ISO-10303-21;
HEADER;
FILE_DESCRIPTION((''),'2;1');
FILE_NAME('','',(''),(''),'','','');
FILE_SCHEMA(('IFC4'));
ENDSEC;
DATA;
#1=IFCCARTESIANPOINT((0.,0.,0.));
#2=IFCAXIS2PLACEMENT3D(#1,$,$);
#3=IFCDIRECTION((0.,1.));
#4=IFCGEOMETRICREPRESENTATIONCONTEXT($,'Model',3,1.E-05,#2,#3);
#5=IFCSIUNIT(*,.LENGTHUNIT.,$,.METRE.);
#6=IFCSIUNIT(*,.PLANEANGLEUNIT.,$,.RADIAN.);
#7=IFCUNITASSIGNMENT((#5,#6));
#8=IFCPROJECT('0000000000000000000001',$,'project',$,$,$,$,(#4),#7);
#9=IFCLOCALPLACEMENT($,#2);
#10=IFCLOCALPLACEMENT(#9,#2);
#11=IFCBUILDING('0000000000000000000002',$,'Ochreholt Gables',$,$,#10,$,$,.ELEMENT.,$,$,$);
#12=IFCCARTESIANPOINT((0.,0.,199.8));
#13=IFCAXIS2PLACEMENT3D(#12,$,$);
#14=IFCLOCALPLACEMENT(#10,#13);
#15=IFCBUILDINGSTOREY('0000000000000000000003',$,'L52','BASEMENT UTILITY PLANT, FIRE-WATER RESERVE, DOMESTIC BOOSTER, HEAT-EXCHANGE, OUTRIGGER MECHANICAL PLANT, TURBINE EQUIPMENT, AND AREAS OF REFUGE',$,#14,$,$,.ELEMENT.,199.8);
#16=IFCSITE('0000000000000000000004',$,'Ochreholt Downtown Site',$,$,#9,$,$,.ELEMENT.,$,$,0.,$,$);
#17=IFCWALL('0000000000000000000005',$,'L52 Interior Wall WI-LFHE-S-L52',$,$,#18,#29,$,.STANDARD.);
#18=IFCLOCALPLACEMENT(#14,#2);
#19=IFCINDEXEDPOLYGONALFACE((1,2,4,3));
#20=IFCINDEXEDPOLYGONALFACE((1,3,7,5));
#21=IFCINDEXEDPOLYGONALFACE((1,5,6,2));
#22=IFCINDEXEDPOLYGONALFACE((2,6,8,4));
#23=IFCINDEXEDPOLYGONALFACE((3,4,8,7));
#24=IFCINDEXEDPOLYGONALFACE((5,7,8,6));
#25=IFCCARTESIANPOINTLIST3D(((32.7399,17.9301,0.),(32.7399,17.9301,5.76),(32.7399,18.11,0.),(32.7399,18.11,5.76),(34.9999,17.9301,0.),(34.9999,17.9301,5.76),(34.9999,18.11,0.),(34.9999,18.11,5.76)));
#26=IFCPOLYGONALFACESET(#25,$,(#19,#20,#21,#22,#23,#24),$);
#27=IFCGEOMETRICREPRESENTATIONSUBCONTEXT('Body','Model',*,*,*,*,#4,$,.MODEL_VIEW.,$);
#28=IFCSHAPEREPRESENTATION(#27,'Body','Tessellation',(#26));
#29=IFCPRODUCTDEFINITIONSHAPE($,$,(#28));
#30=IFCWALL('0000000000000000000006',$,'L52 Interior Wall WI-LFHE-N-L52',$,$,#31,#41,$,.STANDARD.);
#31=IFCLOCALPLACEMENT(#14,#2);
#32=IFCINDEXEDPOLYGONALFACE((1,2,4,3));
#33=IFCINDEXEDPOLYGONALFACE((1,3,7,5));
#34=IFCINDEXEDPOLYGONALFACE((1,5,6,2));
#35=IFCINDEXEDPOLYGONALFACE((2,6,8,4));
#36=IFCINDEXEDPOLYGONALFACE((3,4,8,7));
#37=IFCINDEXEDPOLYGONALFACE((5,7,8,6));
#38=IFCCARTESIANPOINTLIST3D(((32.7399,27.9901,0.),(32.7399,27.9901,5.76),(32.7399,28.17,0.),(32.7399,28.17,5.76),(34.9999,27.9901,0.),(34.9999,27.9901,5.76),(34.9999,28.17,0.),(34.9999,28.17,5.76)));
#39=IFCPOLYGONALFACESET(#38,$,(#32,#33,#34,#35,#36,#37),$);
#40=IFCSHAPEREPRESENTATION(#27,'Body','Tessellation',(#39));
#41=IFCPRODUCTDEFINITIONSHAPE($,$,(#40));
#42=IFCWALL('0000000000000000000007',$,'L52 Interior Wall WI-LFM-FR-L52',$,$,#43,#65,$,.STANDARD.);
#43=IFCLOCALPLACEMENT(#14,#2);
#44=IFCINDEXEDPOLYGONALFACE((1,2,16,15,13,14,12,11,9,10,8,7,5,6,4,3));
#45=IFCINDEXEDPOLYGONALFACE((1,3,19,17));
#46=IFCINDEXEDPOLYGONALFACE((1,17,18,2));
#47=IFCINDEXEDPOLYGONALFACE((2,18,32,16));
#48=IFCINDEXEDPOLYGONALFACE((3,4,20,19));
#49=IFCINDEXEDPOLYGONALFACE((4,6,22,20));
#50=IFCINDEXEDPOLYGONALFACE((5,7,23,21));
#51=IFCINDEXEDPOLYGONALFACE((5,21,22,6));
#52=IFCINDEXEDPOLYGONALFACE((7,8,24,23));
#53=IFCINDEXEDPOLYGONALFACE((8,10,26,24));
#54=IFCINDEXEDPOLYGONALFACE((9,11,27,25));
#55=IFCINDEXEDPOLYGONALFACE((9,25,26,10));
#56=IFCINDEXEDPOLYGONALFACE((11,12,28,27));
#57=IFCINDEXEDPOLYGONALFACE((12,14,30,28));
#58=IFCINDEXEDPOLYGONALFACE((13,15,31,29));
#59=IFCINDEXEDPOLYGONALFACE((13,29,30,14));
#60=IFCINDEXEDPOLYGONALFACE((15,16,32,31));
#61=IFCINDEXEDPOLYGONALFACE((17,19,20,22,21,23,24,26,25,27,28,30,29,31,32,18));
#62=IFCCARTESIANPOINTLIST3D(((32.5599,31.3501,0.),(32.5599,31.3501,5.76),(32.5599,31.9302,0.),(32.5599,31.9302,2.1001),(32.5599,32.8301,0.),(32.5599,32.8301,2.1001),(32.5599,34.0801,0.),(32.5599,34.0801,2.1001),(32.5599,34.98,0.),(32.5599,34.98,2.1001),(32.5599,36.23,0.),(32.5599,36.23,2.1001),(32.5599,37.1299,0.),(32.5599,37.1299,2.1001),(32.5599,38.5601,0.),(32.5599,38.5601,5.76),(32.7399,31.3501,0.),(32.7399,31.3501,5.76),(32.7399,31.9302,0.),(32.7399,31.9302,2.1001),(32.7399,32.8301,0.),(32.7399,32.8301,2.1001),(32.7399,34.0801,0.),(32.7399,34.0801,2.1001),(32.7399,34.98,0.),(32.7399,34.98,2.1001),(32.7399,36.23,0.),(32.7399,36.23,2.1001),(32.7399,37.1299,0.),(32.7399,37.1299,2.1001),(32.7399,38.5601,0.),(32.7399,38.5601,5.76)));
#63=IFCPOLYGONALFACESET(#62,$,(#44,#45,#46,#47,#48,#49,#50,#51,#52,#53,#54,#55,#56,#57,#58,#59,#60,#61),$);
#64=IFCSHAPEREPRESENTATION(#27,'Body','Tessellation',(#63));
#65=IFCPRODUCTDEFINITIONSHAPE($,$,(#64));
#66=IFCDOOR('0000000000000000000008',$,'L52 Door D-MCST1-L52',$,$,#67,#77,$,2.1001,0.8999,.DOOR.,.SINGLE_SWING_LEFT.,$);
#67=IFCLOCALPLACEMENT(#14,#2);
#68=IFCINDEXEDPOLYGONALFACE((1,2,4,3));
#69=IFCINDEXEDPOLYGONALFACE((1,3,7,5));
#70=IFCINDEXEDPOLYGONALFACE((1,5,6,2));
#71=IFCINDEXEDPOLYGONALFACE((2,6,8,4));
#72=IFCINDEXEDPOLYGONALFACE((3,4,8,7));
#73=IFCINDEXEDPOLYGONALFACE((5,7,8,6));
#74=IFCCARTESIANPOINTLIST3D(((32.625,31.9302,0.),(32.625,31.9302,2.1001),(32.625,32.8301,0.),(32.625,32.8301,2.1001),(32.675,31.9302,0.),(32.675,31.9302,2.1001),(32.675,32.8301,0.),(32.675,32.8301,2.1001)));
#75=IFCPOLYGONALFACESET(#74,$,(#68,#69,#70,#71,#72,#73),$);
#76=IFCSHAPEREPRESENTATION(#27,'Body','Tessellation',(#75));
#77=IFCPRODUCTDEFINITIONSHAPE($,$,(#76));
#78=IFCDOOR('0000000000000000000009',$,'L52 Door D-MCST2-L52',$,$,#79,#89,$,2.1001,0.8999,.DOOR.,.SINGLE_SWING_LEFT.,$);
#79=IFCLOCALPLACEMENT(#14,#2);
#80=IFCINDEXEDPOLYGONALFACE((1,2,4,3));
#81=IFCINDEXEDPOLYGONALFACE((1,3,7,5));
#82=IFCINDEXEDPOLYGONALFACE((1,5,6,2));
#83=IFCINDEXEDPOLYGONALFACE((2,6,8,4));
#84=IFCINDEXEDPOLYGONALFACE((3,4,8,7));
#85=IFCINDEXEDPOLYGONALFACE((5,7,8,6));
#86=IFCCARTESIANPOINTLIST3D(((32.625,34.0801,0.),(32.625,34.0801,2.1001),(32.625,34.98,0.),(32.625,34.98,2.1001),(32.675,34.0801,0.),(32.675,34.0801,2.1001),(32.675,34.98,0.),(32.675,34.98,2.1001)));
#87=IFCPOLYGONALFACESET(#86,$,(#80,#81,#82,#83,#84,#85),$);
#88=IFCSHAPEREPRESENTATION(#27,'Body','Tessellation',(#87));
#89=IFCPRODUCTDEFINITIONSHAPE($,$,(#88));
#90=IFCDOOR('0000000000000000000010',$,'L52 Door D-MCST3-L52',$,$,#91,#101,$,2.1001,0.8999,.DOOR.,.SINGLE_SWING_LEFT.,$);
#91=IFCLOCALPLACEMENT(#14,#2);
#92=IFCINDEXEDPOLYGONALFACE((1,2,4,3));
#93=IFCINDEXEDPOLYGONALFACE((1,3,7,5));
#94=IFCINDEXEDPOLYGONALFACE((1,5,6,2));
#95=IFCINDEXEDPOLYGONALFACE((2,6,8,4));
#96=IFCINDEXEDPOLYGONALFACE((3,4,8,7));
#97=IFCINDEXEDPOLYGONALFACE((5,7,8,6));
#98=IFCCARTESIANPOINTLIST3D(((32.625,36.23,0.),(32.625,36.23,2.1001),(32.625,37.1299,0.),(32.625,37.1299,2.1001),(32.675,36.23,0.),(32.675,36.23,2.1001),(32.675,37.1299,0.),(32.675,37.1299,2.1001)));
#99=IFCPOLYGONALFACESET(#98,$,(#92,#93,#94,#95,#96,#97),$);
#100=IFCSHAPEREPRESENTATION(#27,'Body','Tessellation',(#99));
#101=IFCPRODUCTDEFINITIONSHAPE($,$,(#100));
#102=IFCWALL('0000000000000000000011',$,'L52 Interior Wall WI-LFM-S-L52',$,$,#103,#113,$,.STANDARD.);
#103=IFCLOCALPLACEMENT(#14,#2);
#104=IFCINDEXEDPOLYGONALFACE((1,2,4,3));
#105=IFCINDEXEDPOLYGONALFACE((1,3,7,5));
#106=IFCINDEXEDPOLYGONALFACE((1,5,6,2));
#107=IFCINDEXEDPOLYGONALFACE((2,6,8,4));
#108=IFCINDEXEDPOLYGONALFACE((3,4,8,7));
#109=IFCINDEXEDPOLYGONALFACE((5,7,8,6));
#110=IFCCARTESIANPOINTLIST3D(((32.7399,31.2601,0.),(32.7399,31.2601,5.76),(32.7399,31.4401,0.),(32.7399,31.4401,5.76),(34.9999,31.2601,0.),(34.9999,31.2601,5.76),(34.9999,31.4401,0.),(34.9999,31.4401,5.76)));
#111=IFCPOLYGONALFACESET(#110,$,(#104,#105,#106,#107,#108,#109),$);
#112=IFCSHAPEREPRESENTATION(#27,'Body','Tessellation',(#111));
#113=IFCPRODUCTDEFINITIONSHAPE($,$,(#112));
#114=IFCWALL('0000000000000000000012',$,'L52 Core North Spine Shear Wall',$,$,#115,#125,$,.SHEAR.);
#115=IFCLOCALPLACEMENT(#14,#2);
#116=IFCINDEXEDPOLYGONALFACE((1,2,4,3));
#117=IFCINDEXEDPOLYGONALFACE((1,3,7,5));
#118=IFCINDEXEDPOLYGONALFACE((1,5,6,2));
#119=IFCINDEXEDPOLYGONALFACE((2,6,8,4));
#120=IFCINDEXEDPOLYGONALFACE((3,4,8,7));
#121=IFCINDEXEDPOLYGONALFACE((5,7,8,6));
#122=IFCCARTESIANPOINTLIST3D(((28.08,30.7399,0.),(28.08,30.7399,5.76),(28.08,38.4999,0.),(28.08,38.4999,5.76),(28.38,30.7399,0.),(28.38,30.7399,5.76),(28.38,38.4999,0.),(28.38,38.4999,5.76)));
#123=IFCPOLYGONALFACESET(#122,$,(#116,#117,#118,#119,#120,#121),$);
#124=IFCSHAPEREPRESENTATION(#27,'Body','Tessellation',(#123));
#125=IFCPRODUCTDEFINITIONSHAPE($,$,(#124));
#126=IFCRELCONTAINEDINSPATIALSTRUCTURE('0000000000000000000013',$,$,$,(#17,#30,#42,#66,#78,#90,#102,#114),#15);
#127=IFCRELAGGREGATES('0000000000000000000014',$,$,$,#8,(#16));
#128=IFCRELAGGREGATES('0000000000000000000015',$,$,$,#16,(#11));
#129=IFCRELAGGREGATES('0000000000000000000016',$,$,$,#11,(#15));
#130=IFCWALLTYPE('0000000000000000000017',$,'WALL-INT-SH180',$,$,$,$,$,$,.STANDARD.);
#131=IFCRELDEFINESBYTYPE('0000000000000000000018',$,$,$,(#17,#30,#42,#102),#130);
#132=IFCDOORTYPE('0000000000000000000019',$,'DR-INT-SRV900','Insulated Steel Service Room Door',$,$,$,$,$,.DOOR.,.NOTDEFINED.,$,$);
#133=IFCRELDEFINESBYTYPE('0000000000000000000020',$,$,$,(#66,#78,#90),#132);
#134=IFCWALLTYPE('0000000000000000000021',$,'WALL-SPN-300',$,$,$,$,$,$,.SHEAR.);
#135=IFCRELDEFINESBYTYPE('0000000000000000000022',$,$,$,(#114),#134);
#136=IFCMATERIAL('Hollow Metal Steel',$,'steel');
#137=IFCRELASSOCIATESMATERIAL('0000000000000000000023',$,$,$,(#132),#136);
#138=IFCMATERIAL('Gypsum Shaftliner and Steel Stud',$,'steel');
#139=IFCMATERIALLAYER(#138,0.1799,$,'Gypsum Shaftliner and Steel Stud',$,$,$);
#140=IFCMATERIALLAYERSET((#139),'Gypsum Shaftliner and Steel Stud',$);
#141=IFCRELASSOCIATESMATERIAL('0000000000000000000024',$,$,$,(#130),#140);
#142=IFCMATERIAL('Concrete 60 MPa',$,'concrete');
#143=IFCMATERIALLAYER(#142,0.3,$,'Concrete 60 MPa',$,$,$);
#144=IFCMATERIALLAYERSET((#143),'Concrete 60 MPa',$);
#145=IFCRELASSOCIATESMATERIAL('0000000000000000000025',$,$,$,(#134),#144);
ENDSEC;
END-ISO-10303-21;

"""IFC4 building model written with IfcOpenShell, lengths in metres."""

from ifc_helpers import new_model, si_unit, direction, frame, frame_2d, origin, place, context, subcontext, project, spatial, rectangle, extrude, material, layer, layer_set, type_object, element, fill, save


model = new_model("IFC4")

# Units and contexts
model_context = context("Model", 3, precision=1e-05, world=origin(), true_north=direction((0.0, 1.0)))
body_context = subcontext(model_context, "Body", "Model", "MODEL_VIEW")
ifc_project = project(units=[si_unit("LENGTHUNIT", "METRE"), si_unit("PLANEANGLEUNIT", "RADIAN")], contexts=[model_context])

# Site, building, storey
site_placement = place(None, origin())
site = spatial("IfcSite", under=ifc_project, at=site_placement, Name="Ochreholt Downtown Site", CompositionType="ELEMENT", RefElevation=0.0)
building_placement = place(site_placement, origin())
building = spatial("IfcBuilding", under=site, at=building_placement, Name="Ochreholt Gables", CompositionType="ELEMENT")
storey_placement = place(building_placement, frame((0.0, 0.0, 199.8)))
storey = spatial("IfcBuildingStorey", under=building, at=storey_placement, Name="L52", Description="BASEMENT UTILITY PLANT, FIRE-WATER RESERVE, DOMESTIC BOOSTER, HEAT-EXCHANGE, OUTRIGGER MECHANICAL PLANT, TURBINE EQUIPMENT, AND AREAS OF REFUGE", CompositionType="ELEMENT", Elevation=199.8)

# Shared definitions
ifc_material_1 = material(Name="Concrete 60 MPa", Category="concrete")

# Shared definitions
ifc_material_2 = material(Name="Hollow Metal Steel", Category="steel")
door_type = type_object("IfcDoorType", Name="DR-INT-SRV900", Description="Insulated Steel Service Room Door", OperationType="NOTDEFINED", PredefinedType="DOOR", material=ifc_material_2)

# Walls
ifc_material_3 = material(Name="Gypsum Shaftliner and Steel Stud", Category="steel")
ifc_layer_1 = layer(ifc_material_3, 0.1799, Name="Gypsum Shaftliner and Steel Stud")
ifc_layer_set_1 = layer_set([ifc_layer_1], Name="Gypsum Shaftliner and Steel Stud")
wall_type_1 = type_object("IfcWallType", Name="WALL-INT-SH180", PredefinedType="STANDARD", material=ifc_layer_set_1)
for number, where, z_axis, x_axis, name in (
    (1, (32.74, 18.02, 0.0), (0.0, 0.0, 1.0), (1.0, 0.0, 0.0), "L52 Interior Wall WI-LFHE-S-L52"),
    (2, (32.74, 28.0801, 0.0), (0.0, 0.0, 1.0), (1.0, 0.0, 0.0), "L52 Interior Wall WI-LFHE-N-L52"),
):
    element("IfcWall", number, at=place(storey_placement, frame(where, z_axis=z_axis, x_axis=x_axis)), inside=storey, type_object=wall_type_1, Name=name, PredefinedType="STANDARD", context=body_context, shape_type="SweptSolid", body=[
        extrude(rectangle(XDim=2.26, YDim=0.1799, at=frame_2d((1.1299, 0.0))), origin(), (0.0, 0.0, 1.0), 5.76),
    ])

# Wall, openings, doors
wall_1_placement = place(storey_placement, frame((32.6499, 31.3501, 0.0), z_axis=(0.0, 0.0, 1.0), x_axis=(0.0, 1.0, 0.0)))
wall_1 = element("IfcWall", 3, at=wall_1_placement, inside=storey, type_object=wall_type_1, Name="L52 Interior Wall WI-LFM-FR-L52", PredefinedType="STANDARD", context=body_context, shape_type="SweptSolid", body=[
    extrude(rectangle(XDim=7.21, YDim=0.1799, at=frame_2d((3.605, 0.0))), origin(), (0.0, 0.0, 1.0), 5.76),
])
opening_1_placement = place(wall_1_placement, frame((0.5801, 0.0, 0.0)))
opening_1 = element("IfcOpeningElement", 4, at=opening_1_placement, cuts=wall_1, PredefinedType="OPENING", context=body_context, shape_type="SweptSolid", body=[
    extrude(rectangle(XDim=0.8999, YDim=2.1001, at=frame_2d((0.45, 1.05))), frame((0.0, 0.0999, 0.0), z_axis=(0.0, -1.0, 0.0), x_axis=(1.0, 0.0, 0.0)), (0.0, 0.0, 1.0), 0.2),
])
opening_2_placement = place(wall_1_placement, frame((2.73, 0.0, 0.0)))
opening_2 = element("IfcOpeningElement", 5, at=opening_2_placement, cuts=wall_1, PredefinedType="OPENING", context=body_context, shape_type="SweptSolid", body=[
    extrude(rectangle(XDim=0.8999, YDim=2.1001, at=frame_2d((0.45, 1.05))), frame((0.0, 0.0999, 0.0), z_axis=(0.0, -1.0, 0.0), x_axis=(1.0, 0.0, 0.0)), (0.0, 0.0, 1.0), 0.2),
])
opening_3_placement = place(wall_1_placement, frame((4.8799, 0.0, 0.0)))
opening_3 = element("IfcOpeningElement", 6, at=opening_3_placement, cuts=wall_1, PredefinedType="OPENING", context=body_context, shape_type="SweptSolid", body=[
    extrude(rectangle(XDim=0.8999, YDim=2.1001, at=frame_2d((0.45, 1.05))), frame((0.0, 0.0999, 0.0), z_axis=(0.0, -1.0, 0.0), x_axis=(1.0, 0.0, 0.0)), (0.0, 0.0, 1.0), 0.2),
])
door_1_placement = place(opening_1_placement, origin())
door_1 = element("IfcDoor", 7, at=door_1_placement, inside=storey, type_object=door_type, Name="L52 Door D-MCST1-L52", OperationType="SINGLE_SWING_LEFT", OverallHeight=2.1001, OverallWidth=0.8999, PredefinedType="DOOR", context=body_context, shape_type="SweptSolid", body=[
    extrude(rectangle(XDim=0.8999, YDim=2.1001, at=frame_2d((0.45, 1.05))), frame((0.0, 0.0249, 0.0), z_axis=(0.0, -1.0, 0.0), x_axis=(1.0, 0.0, 0.0)), (0.0, 0.0, 1.0), 0.05),
])
fill(opening_1, door_1)
door_2_placement = place(opening_2_placement, origin())
door_2 = element("IfcDoor", 8, at=door_2_placement, inside=storey, type_object=door_type, Name="L52 Door D-MCST2-L52", OperationType="SINGLE_SWING_LEFT", OverallHeight=2.1001, OverallWidth=0.8999, PredefinedType="DOOR", context=body_context, shape_type="SweptSolid", body=[
    extrude(rectangle(XDim=0.8999, YDim=2.1001, at=frame_2d((0.45, 1.05))), frame((0.0, 0.0249, 0.0), z_axis=(0.0, -1.0, 0.0), x_axis=(1.0, 0.0, 0.0)), (0.0, 0.0, 1.0), 0.05),
])
fill(opening_2, door_2)
door_3_placement = place(opening_3_placement, origin())
door_3 = element("IfcDoor", 9, at=door_3_placement, inside=storey, type_object=door_type, Name="L52 Door D-MCST3-L52", OperationType="SINGLE_SWING_LEFT", OverallHeight=2.1001, OverallWidth=0.8999, PredefinedType="DOOR", context=body_context, shape_type="SweptSolid", body=[
    extrude(rectangle(XDim=0.8999, YDim=2.1001, at=frame_2d((0.45, 1.05))), frame((0.0, 0.0249, 0.0), z_axis=(0.0, -1.0, 0.0), x_axis=(1.0, 0.0, 0.0)), (0.0, 0.0, 1.0), 0.05),
])
fill(opening_3, door_3)

# Walls
wall_2_placement = place(storey_placement, frame((32.74, 31.3501, 0.0), z_axis=(0.0, 0.0, 1.0), x_axis=(1.0, 0.0, 0.0)))
element("IfcWall", 10, at=wall_2_placement, inside=storey, type_object=wall_type_1, Name="L52 Interior Wall WI-LFM-S-L52", PredefinedType="STANDARD", context=body_context, shape_type="SweptSolid", body=[
    extrude(rectangle(XDim=2.26, YDim=0.1799, at=frame_2d((1.1299, 0.0))), origin(), (0.0, 0.0, 1.0), 5.76),
])
ifc_layer_2 = layer(ifc_material_1, 0.3, Name="Concrete 60 MPa")
ifc_layer_set_2 = layer_set([ifc_layer_2], Name="Concrete 60 MPa")
wall_type_2 = type_object("IfcWallType", Name="WALL-SPN-300", PredefinedType="SHEAR", material=ifc_layer_set_2)
wall_3_placement = place(storey_placement, frame((28.23, 30.74, 0.0), z_axis=(0.0, 0.0, 1.0), x_axis=(0.0, 1.0, 0.0)))
element("IfcWall", 11, at=wall_3_placement, inside=storey, type_object=wall_type_2, Name="L52 Core North Spine Shear Wall", PredefinedType="SHEAR", context=body_context, shape_type="SweptSolid", body=[
    extrude(rectangle(XDim=7.76, YDim=0.3, at=frame_2d((3.8799, 0.0))), origin(), (0.0, 0.0, 1.0), 5.76),
])

save(model, "model.ifc")
